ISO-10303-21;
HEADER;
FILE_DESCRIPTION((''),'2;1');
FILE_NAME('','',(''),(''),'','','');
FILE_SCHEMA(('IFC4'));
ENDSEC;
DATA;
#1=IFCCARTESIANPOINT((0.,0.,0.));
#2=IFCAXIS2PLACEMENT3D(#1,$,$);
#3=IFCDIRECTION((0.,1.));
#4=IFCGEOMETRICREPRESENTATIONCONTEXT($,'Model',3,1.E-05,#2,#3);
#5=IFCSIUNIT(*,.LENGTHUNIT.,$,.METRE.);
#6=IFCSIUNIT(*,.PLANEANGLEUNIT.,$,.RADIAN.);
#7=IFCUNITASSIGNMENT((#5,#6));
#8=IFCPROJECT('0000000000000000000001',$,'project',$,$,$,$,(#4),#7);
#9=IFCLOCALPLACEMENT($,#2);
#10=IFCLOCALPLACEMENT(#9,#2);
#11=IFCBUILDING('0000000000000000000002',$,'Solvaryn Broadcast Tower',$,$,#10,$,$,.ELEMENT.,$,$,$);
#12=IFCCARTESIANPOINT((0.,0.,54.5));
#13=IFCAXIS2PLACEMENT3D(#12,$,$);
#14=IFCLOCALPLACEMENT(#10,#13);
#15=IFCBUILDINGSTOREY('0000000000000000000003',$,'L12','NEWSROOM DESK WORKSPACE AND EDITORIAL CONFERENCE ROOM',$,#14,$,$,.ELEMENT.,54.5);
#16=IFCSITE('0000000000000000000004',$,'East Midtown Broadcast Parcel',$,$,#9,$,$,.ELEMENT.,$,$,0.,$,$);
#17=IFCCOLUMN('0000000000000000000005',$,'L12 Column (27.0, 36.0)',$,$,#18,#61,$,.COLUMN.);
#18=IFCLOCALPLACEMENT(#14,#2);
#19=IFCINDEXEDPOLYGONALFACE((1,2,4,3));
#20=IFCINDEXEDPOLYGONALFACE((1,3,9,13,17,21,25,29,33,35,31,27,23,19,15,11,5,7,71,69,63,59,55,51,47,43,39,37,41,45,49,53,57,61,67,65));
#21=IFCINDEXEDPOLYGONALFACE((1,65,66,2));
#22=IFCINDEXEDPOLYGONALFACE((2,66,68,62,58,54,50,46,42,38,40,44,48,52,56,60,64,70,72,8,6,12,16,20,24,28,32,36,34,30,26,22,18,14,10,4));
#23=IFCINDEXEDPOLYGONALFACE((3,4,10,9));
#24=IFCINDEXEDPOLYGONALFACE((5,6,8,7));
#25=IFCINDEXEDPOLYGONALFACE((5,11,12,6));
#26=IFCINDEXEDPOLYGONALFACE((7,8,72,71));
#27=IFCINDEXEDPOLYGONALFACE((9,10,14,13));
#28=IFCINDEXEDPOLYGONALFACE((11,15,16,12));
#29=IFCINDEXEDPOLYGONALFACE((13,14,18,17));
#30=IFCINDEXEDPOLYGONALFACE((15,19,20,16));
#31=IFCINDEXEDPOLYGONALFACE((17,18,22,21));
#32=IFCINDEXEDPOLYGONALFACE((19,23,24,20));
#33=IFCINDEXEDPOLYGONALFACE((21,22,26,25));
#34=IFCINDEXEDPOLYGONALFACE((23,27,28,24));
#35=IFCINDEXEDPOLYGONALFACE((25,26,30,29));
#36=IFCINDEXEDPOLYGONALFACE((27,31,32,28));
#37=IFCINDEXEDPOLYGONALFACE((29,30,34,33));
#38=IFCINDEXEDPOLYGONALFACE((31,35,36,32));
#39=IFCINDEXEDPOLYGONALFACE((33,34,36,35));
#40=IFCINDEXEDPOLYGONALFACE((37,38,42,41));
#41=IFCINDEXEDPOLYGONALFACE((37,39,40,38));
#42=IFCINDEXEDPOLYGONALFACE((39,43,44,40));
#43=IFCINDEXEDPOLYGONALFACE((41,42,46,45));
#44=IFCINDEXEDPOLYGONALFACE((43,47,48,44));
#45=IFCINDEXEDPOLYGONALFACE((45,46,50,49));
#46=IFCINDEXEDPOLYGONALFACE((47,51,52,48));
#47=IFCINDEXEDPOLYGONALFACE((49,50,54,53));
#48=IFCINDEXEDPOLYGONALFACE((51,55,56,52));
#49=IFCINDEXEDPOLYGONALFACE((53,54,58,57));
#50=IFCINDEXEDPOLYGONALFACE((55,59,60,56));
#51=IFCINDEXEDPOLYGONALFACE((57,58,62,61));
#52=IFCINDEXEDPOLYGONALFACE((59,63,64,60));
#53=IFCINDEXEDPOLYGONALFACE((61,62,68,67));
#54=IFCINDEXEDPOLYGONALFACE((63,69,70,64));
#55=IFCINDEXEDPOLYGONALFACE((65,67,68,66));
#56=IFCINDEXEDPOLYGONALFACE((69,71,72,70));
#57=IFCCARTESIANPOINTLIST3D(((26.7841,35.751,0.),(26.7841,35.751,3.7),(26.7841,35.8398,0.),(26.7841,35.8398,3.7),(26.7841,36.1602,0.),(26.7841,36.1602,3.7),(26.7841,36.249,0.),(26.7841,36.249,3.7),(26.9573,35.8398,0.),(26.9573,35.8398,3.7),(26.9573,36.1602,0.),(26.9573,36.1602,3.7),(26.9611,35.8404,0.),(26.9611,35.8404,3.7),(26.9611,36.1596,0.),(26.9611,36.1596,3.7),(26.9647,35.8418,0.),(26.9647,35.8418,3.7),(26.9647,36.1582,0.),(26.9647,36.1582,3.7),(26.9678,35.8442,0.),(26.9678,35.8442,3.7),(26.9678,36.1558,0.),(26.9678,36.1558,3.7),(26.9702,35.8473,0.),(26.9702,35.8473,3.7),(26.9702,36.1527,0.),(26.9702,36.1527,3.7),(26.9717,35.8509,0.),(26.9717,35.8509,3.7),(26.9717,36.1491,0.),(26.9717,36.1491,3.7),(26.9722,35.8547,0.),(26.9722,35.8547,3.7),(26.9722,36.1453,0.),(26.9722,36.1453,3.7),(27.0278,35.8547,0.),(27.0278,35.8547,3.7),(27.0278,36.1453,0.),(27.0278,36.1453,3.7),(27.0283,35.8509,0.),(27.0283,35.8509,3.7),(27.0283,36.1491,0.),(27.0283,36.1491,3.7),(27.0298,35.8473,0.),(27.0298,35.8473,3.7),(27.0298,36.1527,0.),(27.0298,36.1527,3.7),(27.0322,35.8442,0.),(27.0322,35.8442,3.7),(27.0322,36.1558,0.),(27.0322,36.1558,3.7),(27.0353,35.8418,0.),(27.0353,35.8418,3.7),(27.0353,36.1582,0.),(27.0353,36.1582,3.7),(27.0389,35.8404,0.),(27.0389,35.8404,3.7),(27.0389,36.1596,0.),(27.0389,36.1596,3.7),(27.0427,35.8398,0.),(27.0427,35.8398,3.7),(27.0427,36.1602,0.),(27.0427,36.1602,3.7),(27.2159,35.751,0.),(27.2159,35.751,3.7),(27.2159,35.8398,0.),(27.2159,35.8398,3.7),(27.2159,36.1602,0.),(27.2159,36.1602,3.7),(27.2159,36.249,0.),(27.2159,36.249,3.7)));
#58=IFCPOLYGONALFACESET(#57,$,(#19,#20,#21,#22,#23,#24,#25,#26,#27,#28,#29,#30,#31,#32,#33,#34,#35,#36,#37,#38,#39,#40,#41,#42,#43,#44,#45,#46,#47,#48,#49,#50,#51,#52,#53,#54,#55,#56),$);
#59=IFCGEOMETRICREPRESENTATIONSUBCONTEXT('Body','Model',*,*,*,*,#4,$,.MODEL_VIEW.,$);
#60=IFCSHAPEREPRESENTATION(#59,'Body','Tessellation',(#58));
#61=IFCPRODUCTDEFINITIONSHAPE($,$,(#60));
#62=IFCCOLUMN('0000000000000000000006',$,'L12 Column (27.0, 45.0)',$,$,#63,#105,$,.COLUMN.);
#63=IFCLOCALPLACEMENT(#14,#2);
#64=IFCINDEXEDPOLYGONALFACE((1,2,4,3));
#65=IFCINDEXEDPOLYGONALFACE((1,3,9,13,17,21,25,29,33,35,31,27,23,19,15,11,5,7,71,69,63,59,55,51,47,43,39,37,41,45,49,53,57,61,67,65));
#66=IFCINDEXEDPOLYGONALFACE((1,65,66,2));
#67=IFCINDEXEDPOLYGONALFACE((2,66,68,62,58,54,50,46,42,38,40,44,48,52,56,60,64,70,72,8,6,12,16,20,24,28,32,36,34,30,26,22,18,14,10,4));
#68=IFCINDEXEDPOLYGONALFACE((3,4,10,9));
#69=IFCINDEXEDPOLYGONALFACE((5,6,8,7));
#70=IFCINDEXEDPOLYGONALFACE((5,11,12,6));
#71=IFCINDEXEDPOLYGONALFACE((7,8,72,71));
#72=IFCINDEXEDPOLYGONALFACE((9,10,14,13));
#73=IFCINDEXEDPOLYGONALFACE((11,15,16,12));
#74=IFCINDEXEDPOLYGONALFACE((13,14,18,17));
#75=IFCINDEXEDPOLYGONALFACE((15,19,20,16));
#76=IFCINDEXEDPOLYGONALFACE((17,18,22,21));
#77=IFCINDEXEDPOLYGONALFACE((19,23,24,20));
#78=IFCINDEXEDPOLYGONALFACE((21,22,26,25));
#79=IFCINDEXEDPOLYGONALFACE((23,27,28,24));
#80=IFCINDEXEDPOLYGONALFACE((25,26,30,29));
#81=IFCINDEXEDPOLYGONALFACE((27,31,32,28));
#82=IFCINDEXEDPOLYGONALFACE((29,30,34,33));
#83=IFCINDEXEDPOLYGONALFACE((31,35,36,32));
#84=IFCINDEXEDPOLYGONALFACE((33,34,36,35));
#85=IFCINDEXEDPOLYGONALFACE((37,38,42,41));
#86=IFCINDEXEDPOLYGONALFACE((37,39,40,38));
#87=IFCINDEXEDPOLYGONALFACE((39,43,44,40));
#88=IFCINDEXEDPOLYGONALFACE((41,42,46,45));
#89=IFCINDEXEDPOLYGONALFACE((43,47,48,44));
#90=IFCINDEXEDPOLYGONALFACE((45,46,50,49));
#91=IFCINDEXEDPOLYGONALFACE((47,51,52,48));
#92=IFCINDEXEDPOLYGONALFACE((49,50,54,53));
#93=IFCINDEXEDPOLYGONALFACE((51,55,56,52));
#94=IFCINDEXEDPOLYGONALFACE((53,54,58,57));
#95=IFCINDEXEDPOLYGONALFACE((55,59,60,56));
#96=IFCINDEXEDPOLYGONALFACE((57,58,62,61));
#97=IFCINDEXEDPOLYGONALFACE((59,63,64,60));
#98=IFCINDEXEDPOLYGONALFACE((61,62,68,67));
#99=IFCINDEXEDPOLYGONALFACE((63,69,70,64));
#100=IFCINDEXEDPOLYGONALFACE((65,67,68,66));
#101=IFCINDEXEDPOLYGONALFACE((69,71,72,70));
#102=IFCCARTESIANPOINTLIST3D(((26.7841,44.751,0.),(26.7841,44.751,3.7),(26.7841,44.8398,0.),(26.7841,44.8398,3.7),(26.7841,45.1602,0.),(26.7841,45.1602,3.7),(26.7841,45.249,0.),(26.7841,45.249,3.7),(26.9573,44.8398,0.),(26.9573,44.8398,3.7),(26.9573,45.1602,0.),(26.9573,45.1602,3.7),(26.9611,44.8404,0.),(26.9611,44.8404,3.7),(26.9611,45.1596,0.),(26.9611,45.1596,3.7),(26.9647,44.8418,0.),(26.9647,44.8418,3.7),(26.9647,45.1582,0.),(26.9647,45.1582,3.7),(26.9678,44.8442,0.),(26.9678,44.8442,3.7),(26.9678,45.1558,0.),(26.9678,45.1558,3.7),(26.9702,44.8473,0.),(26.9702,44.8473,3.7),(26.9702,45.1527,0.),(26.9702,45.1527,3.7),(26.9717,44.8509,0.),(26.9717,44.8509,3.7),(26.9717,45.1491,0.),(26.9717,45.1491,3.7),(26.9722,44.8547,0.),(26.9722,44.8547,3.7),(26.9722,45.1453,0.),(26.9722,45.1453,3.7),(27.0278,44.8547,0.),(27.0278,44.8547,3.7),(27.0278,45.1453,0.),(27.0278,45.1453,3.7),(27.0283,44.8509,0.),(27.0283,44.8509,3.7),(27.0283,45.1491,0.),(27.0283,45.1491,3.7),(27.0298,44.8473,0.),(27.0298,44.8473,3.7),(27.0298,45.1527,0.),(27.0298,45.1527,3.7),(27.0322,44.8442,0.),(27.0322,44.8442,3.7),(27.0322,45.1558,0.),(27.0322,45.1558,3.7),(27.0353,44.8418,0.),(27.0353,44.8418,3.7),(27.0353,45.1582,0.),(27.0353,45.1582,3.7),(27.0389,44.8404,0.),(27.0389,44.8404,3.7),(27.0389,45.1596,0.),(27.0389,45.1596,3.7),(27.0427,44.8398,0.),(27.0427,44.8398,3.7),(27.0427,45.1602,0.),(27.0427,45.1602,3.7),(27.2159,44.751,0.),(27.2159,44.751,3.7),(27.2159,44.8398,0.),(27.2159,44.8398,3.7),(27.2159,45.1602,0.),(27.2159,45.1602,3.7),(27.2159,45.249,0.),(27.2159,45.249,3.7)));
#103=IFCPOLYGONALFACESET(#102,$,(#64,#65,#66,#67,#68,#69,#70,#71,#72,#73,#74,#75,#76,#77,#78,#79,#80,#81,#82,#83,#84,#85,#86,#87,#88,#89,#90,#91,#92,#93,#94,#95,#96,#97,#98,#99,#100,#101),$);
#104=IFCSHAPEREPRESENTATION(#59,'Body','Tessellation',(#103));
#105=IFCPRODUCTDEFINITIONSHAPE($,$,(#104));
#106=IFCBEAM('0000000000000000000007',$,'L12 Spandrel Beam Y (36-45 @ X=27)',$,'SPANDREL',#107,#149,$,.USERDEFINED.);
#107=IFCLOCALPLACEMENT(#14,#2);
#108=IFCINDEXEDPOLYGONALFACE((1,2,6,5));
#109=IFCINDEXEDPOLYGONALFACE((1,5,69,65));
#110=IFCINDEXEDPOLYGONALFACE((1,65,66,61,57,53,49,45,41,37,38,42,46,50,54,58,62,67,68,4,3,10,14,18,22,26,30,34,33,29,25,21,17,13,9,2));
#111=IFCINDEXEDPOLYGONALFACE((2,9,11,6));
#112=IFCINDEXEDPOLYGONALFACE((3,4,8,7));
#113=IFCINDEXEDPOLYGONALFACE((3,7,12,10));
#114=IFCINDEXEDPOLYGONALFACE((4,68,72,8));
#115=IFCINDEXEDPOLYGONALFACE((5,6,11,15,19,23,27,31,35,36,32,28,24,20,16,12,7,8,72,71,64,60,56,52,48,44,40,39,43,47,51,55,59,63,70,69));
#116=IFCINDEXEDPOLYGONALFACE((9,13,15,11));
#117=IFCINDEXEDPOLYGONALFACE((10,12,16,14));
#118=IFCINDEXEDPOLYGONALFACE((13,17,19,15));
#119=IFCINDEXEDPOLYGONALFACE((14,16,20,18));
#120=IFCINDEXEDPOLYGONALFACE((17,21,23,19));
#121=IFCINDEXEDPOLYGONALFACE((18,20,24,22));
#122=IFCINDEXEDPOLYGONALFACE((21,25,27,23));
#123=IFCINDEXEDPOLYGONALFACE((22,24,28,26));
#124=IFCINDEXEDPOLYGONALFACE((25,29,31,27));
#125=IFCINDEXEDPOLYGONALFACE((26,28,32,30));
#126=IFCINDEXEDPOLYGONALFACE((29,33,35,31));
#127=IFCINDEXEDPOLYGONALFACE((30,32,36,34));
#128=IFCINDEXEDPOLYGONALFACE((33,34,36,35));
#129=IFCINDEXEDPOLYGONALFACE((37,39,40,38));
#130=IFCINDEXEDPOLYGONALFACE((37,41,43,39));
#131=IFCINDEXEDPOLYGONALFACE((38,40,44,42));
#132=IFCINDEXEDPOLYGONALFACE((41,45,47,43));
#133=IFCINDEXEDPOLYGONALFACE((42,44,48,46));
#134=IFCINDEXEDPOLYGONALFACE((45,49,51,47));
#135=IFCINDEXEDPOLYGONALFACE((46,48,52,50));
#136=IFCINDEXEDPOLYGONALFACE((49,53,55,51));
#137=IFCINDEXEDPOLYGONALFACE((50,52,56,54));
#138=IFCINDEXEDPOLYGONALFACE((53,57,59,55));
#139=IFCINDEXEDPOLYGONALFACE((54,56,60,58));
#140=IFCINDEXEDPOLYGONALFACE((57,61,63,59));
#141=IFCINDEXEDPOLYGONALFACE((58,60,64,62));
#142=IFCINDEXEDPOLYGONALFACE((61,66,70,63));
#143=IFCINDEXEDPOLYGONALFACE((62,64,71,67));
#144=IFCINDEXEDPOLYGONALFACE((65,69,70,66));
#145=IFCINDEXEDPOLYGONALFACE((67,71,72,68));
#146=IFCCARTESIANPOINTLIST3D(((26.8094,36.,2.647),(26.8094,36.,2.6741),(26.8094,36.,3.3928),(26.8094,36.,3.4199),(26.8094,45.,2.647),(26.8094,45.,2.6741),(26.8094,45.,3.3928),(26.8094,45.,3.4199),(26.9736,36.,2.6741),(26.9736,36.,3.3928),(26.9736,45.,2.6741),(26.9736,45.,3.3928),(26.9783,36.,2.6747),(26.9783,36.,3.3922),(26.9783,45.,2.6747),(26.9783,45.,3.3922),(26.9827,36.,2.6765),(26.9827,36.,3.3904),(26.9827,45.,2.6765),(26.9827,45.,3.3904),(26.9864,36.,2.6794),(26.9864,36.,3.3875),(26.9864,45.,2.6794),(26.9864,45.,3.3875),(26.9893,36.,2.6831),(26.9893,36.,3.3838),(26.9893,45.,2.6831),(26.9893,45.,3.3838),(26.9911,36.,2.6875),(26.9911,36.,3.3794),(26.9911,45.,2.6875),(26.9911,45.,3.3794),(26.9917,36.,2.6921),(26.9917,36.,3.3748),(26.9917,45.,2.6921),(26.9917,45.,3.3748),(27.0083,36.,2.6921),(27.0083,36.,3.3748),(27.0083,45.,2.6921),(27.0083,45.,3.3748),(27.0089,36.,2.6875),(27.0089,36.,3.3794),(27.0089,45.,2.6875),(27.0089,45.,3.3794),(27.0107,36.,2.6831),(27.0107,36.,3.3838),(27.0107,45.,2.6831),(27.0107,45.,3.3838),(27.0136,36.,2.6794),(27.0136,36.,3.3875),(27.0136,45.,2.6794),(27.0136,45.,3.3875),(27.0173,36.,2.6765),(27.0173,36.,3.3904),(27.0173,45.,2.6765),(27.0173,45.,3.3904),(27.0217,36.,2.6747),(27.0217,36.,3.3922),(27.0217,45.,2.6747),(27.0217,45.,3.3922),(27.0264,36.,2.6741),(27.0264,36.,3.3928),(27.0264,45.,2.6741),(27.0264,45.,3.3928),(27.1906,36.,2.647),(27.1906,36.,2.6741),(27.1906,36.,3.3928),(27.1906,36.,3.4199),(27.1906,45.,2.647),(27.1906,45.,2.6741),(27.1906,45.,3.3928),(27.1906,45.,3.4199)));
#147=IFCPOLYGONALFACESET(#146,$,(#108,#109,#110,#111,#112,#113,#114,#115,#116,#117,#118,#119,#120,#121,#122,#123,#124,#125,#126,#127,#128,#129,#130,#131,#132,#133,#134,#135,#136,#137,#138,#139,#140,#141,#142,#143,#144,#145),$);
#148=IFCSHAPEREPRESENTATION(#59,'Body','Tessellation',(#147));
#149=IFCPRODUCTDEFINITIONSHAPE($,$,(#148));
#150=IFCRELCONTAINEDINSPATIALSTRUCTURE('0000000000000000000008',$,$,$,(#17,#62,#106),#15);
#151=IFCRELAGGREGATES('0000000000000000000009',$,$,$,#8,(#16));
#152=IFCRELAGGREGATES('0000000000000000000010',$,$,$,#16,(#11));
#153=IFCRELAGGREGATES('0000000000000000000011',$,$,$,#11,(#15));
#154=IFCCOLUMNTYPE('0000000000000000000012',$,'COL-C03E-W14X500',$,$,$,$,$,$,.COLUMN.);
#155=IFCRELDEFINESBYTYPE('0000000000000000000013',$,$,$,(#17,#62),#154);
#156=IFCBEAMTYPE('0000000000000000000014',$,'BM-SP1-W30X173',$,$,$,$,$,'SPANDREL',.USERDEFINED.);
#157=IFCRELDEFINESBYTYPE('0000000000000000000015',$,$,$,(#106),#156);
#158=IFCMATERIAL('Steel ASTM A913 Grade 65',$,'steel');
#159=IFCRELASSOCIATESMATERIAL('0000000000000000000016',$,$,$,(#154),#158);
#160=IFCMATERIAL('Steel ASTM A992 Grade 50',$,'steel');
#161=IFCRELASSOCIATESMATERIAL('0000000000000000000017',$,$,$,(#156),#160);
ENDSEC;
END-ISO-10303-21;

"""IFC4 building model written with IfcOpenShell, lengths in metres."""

from ifc_helpers import new_model, si_unit, direction, frame, origin, origin_2d, place, context, subcontext, project, spatial, i_section, extrude, material, material_profile, profile_set, type_object, element, save


model = new_model("IFC4")

# Units and contexts
model_context = context("Model", 3, precision=1e-05, world=origin(), true_north=direction((0.0, 1.0)))
body_context = subcontext(model_context, "Body", "Model", "MODEL_VIEW")
ifc_project = project(units=[si_unit("LENGTHUNIT", "METRE"), si_unit("PLANEANGLEUNIT", "RADIAN")], contexts=[model_context])

# Site, building, storey
site_placement = place(None, origin())
site = spatial("IfcSite", under=ifc_project, at=site_placement, Name="East Midtown Broadcast Parcel", CompositionType="ELEMENT", RefElevation=0.0)
building_placement = place(site_placement, origin())
building = spatial("IfcBuilding", under=site, at=building_placement, Name="Solvaryn Broadcast Tower", CompositionType="ELEMENT")
storey_placement = place(building_placement, frame((0.0, 0.0, 54.5)))
storey = spatial("IfcBuildingStorey", under=building, at=storey_placement, Name="L12", Description="NEWSROOM DESK WORKSPACE AND EDITORIAL CONFERENCE ROOM", CompositionType="ELEMENT", Elevation=54.5)

# Columns
ifc_material_1 = material(Name="Steel ASTM A913 Grade 65", Category="steel")
ifc_material_profile_1 = material_profile(ifc_material_1, i_section(OverallWidth=0.4319, OverallDepth=0.498, WebThickness=0.0557, FlangeThickness=0.0889, FilletRadius=0.0149, at=origin_2d()))
ifc_profile_set_1 = profile_set([ifc_material_profile_1], Name="Steel ASTM A913 Grade 65")
column_type = type_object("IfcColumnType", Name="COL-C03E-W14X500", PredefinedType="COLUMN", material=ifc_profile_set_1)
for number, where, z_axis, x_axis, name in (
    (1, (27.0, 36.0, 0.0), (0.0, 0.0, 1.0), (1.0, 0.0, 0.0), "L12 Column (27.0, 36.0)"),
    (2, (27.0, 45.0, 0.0), (0.0, 0.0, 1.0), (1.0, 0.0, 0.0), "L12 Column (27.0, 45.0)"),
):
    element("IfcColumn", number, at=place(storey_placement, frame(where, z_axis=z_axis, x_axis=x_axis)), inside=storey, type_object=column_type, Name=name, PredefinedType="COLUMN", context=body_context, shape_type="SweptSolid", body=[
        extrude(i_section(OverallWidth=0.4319, OverallDepth=0.498, WebThickness=0.0557, FlangeThickness=0.0889, FilletRadius=0.0149, at=origin_2d()), origin(), (0.0, 0.0, 1.0), 3.7),
    ])

# Beam
ifc_material_2 = material(Name="Steel ASTM A992 Grade 50", Category="steel")
ifc_material_profile_2 = material_profile(ifc_material_2, i_section(OverallWidth=0.3811, OverallDepth=0.7729, WebThickness=0.0166, FlangeThickness=0.0271, FilletRadius=0.0181, at=origin_2d()))
ifc_profile_set_2 = profile_set([ifc_material_profile_2], Name="Steel ASTM A992 Grade 50")
beam_type = type_object("IfcBeamType", Name="BM-SP1-W30X173", ElementType="SPANDREL", PredefinedType="USERDEFINED", material=ifc_profile_set_2)
beam_placement = place(storey_placement, frame((27.0, 36.0, 3.0334), z_axis=(0.0, 1.0, 0.0), x_axis=(-1.0, 0.0, 0.0)))
element("IfcBeam", 3, at=beam_placement, inside=storey, type_object=beam_type, Name="L12 Spandrel Beam Y (36-45 @ X=27)", ObjectType="SPANDREL", PredefinedType="USERDEFINED", context=body_context, shape_type="SweptSolid", body=[
    extrude(i_section(OverallWidth=0.3811, OverallDepth=0.7729, WebThickness=0.0166, FlangeThickness=0.0271, FilletRadius=0.0181, at=origin_2d()), origin(), (0.0, 0.0, 1.0), 9.0),
])

save(model, "model.ifc")
